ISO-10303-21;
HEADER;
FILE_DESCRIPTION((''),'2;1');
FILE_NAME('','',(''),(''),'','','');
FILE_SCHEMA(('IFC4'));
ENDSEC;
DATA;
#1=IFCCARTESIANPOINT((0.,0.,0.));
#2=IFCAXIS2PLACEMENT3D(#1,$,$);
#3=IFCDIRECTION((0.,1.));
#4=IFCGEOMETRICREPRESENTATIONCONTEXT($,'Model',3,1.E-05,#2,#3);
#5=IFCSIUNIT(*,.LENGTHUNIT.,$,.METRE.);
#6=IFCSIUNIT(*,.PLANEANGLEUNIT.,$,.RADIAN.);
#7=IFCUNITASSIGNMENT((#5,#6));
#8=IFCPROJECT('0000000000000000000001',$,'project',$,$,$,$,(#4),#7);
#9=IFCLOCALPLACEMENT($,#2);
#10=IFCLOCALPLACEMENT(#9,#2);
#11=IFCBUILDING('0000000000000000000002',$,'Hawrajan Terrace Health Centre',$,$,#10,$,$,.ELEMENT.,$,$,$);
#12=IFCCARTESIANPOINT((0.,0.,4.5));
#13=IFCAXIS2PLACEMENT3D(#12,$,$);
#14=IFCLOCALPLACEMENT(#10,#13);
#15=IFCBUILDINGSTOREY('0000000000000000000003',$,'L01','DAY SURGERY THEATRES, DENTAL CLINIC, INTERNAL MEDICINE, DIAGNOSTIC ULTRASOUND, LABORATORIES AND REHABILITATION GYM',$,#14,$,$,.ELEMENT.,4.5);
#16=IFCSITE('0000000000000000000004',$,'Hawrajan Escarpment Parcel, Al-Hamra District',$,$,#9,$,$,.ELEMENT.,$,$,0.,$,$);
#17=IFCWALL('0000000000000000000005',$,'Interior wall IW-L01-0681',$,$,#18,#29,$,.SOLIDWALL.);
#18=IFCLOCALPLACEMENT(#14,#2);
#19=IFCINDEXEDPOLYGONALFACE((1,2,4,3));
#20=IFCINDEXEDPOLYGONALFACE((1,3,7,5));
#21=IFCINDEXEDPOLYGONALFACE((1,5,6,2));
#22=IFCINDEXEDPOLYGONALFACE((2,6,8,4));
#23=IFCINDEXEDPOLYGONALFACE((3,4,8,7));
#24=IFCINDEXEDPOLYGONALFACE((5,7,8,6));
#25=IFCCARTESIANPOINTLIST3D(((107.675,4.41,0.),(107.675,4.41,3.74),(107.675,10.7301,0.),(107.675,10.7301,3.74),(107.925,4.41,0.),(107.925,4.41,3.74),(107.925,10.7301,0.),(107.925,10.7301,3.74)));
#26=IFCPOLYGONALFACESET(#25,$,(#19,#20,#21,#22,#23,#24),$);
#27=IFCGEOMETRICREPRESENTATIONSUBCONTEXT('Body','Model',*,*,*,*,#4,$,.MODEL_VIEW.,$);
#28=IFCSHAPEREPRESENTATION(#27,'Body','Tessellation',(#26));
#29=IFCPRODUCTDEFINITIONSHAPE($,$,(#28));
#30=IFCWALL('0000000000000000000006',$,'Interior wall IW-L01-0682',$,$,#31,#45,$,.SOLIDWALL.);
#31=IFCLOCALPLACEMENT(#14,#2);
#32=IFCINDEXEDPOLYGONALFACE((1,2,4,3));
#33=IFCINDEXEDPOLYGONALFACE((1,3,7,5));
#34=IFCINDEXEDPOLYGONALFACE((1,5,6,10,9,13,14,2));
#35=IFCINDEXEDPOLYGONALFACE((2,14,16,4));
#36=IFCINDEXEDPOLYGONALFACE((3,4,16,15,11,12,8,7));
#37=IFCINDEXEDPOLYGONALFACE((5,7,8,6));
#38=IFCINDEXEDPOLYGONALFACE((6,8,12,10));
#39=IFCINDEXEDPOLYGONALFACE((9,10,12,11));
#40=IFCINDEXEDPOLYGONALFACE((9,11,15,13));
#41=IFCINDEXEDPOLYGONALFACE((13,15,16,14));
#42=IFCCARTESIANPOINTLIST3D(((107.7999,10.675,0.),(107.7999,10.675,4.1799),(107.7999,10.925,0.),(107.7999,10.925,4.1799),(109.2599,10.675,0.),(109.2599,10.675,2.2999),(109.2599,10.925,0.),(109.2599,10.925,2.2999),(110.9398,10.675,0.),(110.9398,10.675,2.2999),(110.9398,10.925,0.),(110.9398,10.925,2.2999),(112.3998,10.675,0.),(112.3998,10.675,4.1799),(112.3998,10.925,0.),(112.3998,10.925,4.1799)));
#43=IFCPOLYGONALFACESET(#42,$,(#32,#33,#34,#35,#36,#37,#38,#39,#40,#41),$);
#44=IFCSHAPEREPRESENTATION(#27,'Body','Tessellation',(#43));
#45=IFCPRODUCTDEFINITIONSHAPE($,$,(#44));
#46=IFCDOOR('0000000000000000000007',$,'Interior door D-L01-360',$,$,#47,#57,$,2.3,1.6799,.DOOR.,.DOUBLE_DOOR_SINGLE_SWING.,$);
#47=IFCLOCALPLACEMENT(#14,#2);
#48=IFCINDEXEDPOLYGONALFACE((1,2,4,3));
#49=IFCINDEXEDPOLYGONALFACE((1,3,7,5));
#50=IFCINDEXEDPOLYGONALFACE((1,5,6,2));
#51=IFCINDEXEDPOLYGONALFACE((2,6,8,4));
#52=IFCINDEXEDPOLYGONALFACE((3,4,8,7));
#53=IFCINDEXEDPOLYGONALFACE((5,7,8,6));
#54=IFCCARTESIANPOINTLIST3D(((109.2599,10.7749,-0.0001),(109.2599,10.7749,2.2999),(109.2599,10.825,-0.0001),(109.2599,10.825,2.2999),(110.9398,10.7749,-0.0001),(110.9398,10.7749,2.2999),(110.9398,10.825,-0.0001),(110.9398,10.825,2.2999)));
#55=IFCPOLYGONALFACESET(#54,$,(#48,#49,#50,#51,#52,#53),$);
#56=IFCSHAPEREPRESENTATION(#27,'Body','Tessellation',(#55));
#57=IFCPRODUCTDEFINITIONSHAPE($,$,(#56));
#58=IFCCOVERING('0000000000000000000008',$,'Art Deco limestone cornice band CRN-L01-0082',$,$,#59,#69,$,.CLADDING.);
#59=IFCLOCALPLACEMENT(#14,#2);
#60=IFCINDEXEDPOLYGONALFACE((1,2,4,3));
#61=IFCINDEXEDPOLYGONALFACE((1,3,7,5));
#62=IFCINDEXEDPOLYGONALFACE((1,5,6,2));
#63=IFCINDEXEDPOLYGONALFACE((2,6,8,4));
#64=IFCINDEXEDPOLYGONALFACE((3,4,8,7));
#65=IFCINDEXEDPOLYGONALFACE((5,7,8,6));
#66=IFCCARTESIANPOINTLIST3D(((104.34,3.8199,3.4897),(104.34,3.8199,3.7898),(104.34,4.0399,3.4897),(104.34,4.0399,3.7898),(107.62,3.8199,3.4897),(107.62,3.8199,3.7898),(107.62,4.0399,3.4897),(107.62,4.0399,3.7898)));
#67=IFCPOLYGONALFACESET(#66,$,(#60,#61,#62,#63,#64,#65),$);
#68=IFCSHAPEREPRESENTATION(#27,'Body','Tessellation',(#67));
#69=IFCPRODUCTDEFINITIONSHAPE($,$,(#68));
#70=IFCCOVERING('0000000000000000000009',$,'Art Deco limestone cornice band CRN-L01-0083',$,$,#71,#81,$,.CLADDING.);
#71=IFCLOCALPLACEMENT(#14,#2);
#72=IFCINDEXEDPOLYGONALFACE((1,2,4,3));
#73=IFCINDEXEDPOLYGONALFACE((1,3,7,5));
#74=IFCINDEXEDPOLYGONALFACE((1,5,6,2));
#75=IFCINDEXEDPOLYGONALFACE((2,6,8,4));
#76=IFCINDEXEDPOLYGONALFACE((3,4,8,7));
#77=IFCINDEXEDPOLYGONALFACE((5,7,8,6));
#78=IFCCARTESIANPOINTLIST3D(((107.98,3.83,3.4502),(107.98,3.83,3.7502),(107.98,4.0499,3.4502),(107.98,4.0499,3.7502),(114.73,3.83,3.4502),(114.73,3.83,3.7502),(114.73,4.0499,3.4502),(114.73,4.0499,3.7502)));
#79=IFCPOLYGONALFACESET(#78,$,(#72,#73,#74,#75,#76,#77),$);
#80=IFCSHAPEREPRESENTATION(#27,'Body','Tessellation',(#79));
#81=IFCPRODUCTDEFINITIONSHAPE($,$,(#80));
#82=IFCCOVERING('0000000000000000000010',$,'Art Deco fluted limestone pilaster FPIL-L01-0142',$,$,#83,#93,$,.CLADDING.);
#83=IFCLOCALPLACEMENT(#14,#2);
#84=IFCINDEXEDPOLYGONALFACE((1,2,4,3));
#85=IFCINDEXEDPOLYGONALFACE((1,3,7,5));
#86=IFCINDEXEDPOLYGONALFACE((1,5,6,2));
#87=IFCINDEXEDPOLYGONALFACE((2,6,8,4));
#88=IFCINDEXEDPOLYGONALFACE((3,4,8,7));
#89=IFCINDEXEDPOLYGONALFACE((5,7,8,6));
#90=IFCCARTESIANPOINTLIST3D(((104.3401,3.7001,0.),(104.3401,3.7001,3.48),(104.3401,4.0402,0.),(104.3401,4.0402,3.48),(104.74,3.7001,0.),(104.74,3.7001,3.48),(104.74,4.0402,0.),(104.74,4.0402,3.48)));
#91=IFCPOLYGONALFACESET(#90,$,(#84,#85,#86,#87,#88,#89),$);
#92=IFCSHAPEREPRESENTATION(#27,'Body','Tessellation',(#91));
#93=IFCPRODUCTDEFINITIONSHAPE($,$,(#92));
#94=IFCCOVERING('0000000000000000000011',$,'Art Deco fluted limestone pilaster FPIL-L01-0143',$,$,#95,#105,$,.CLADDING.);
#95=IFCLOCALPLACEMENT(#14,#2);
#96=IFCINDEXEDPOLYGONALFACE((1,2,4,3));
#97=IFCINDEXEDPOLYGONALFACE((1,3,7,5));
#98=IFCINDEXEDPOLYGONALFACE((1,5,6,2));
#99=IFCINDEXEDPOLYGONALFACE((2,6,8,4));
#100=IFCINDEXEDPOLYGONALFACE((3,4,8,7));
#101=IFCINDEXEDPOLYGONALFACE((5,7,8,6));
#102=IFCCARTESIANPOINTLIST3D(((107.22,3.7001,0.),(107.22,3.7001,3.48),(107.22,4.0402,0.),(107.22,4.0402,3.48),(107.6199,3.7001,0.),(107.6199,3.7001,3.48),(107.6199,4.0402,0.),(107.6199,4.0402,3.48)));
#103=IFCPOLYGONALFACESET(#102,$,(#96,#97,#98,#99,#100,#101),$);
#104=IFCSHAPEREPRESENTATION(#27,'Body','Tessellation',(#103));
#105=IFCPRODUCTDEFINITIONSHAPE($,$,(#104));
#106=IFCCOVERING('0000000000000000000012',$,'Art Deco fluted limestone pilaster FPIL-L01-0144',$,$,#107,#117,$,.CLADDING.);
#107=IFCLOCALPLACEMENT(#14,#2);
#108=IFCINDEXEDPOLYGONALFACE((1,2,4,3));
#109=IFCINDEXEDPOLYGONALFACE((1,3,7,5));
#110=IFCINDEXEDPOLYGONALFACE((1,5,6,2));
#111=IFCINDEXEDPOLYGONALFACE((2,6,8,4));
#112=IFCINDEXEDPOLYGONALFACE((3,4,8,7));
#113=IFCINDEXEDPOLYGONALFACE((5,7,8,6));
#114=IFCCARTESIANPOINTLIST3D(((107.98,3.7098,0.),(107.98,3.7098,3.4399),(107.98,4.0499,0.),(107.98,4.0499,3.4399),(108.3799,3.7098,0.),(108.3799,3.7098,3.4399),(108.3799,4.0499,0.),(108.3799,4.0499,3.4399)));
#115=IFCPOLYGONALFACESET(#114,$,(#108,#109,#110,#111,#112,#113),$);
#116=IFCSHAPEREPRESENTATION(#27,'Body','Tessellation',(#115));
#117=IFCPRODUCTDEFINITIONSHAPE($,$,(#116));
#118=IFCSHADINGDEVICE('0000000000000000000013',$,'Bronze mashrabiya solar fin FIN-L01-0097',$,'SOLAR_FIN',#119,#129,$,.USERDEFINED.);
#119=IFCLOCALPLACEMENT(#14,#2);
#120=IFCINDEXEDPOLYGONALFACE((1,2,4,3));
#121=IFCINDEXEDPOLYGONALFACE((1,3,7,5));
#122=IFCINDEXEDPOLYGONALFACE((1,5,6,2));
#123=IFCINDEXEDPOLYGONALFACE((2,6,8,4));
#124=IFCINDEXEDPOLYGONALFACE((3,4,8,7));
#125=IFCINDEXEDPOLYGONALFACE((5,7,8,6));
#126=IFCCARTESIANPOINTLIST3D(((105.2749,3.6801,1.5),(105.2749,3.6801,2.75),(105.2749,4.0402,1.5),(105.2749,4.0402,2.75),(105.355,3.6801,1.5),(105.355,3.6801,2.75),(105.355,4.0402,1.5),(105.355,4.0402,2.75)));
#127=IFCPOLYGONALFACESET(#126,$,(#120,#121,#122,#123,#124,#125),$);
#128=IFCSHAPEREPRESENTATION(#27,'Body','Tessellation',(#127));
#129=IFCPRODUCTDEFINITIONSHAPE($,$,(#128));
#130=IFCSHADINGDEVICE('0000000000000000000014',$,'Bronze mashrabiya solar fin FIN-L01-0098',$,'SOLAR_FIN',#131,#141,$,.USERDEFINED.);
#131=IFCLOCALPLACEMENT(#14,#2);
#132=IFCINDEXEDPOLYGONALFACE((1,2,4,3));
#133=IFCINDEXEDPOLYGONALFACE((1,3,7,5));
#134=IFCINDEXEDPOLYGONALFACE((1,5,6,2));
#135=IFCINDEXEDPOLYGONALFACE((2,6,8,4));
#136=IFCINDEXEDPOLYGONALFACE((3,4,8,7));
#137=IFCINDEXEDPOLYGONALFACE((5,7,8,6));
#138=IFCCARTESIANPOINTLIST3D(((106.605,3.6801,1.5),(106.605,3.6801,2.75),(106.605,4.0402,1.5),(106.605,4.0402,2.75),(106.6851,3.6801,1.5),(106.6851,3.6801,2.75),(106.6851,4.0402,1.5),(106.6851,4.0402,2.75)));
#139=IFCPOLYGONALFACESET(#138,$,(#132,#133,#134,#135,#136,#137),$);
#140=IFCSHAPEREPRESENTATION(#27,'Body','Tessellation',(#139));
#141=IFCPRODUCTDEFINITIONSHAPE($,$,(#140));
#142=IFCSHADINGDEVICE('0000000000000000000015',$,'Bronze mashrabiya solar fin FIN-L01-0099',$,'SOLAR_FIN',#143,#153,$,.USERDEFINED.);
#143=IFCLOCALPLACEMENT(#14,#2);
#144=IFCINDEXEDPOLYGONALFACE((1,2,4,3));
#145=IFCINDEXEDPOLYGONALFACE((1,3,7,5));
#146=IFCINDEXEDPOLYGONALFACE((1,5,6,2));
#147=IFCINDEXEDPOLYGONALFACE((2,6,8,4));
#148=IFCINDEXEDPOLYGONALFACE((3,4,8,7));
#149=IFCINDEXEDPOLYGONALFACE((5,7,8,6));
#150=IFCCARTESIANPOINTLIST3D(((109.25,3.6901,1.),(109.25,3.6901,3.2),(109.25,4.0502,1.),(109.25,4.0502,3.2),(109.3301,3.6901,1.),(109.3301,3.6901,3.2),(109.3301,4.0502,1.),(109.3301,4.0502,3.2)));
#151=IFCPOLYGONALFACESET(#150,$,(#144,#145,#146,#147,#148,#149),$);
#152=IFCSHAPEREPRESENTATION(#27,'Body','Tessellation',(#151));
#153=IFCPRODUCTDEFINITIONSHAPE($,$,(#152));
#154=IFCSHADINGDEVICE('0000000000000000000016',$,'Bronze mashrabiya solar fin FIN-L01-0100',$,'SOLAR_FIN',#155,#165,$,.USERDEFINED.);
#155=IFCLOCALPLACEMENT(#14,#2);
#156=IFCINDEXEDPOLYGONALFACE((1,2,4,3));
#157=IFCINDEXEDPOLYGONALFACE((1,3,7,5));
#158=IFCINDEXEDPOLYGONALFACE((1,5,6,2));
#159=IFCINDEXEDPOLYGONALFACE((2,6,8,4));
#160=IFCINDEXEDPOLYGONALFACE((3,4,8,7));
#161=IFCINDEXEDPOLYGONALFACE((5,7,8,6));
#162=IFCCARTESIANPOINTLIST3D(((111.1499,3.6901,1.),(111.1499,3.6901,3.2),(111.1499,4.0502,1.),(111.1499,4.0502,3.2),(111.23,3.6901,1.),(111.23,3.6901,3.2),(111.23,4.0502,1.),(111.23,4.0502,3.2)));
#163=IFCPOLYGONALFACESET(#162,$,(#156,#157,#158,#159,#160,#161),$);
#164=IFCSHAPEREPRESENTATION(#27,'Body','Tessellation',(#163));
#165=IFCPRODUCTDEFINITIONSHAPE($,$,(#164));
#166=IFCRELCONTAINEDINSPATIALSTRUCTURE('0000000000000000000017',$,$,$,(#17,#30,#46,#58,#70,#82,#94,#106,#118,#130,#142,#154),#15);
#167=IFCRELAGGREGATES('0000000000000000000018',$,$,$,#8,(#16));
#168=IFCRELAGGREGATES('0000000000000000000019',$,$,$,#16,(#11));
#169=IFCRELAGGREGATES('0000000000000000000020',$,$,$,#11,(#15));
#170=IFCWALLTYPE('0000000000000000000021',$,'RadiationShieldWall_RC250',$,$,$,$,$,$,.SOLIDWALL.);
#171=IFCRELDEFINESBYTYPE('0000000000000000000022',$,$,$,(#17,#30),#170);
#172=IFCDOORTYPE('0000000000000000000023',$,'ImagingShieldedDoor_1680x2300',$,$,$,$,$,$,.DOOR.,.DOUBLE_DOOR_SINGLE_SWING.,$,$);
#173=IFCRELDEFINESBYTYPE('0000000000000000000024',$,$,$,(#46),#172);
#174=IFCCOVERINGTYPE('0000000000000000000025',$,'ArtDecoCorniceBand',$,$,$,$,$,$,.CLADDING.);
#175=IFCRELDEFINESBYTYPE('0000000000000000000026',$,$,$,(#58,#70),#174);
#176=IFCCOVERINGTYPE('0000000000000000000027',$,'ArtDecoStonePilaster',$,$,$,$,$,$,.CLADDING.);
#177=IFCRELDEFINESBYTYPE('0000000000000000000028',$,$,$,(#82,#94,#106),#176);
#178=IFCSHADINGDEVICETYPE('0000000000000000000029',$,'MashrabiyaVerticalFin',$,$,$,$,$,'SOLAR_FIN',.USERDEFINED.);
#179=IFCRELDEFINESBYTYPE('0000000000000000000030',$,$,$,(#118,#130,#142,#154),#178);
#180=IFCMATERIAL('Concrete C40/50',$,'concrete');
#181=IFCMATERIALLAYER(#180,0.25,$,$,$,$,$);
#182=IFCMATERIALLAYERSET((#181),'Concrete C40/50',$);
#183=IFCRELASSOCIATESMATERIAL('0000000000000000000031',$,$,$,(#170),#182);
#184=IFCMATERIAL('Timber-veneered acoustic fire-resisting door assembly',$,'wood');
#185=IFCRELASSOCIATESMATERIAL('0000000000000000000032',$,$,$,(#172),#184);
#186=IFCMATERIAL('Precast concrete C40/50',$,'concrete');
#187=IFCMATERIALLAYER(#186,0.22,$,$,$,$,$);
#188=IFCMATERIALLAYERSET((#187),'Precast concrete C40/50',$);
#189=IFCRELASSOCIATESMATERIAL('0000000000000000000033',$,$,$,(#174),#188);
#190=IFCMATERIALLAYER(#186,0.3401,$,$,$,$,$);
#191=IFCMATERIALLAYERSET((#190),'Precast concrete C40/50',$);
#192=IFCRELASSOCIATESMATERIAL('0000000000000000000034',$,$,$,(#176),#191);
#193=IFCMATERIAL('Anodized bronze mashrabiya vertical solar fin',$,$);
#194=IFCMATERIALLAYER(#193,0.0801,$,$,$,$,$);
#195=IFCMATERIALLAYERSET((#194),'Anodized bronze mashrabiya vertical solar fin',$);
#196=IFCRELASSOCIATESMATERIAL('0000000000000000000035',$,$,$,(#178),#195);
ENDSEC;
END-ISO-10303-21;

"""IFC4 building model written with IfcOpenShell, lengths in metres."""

from ifc_helpers import new_model, si_unit, direction, frame, frame_2d, origin, origin_2d, place, context, subcontext, project, spatial, rectangle, extrude, material, layer, layer_set, type_object, element, fill, save


model = new_model("IFC4")

# Units and contexts
model_context = context("Model", 3, precision=1e-05, world=origin(), true_north=direction((0.0, 1.0)))
body_context = subcontext(model_context, "Body", "Model", "MODEL_VIEW")
ifc_project = project(units=[si_unit("LENGTHUNIT", "METRE"), si_unit("PLANEANGLEUNIT", "RADIAN")], contexts=[model_context])

# Site, building, storey
site_placement = place(None, origin())
site = spatial("IfcSite", under=ifc_project, at=site_placement, Name="Hawrajan Escarpment Parcel, Al-Hamra District", CompositionType="ELEMENT", RefElevation=0.0)
building_placement = place(site_placement, origin())
building = spatial("IfcBuilding", under=site, at=building_placement, Name="Hawrajan Terrace Health Centre", CompositionType="ELEMENT")
storey_placement = place(building_placement, frame((0.0, 0.0, 4.5)))
storey = spatial("IfcBuildingStorey", under=building, at=storey_placement, Name="L01", Description="DAY SURGERY THEATRES, DENTAL CLINIC, INTERNAL MEDICINE, DIAGNOSTIC ULTRASOUND, LABORATORIES AND REHABILITATION GYM", CompositionType="ELEMENT", Elevation=4.5)

# Shared definitions
ifc_material_1 = material(Name="Concrete C40/50", Category="concrete")

# Shared definitions
ifc_material_2 = material(Name="Precast concrete C40/50", Category="concrete")

# Wall
ifc_layer_1 = layer(ifc_material_1, 0.25)
ifc_layer_set_1 = layer_set([ifc_layer_1], Name="Concrete C40/50")
wall_type_1 = type_object("IfcWallType", Name="RadiationShieldWall_RC250", PredefinedType="SOLIDWALL", material=ifc_layer_set_1)
wall_1_placement = place(storey_placement, frame((107.8, 4.4099, 0.0), z_axis=(0.0, 0.0, 1.0), x_axis=(0.0, 1.0, 0.0)))
element("IfcWall", 1, at=wall_1_placement, inside=storey, type_object=wall_type_1, Name="Interior wall IW-L01-0681", PredefinedType="SOLIDWALL", context=body_context, shape_type="SweptSolid", body=[
    extrude(rectangle(XDim=6.3201, YDim=0.25, at=frame_2d((3.1602, 0.0))), origin(), (0.0, 0.0, 1.0), 3.74),
])

# Wall, opening, door
wall_2_placement = place(storey_placement, frame((107.8, 10.8, 0.0), z_axis=(0.0, 0.0, 1.0), x_axis=(1.0, 0.0, 0.0)))
wall_2 = element("IfcWall", 2, at=wall_2_placement, inside=storey, type_object=wall_type_1, Name="Interior wall IW-L01-0682", PredefinedType="SOLIDWALL", context=body_context, shape_type="SweptSolid", body=[
    extrude(rectangle(XDim=4.5999, YDim=0.25, at=frame_2d((2.2998, 0.0))), origin(), (0.0, 0.0, 1.0), 4.1799),
])
opening_1_placement = place(wall_2_placement, frame((1.46, 0.0, 0.0)))
opening_1 = element("IfcOpeningElement", 3, at=opening_1_placement, cuts=wall_2, PredefinedType="OPENING", context=body_context, shape_type="SweptSolid", body=[
    extrude(rectangle(XDim=1.6799, YDim=2.3, at=frame_2d((0.8398, 1.1499))), frame((0.0, 0.135, 0.0), z_axis=(0.0, -1.0, 0.0), x_axis=(1.0, 0.0, 0.0)), (0.0, 0.0, 1.0), 0.27),
])
ifc_material_3 = material(Name="Timber-veneered acoustic fire-resisting door assembly", Category="wood")
door_type = type_object("IfcDoorType", Name="ImagingShieldedDoor_1680x2300", OperationType="DOUBLE_DOOR_SINGLE_SWING", PredefinedType="DOOR", material=ifc_material_3)
door_placement = place(opening_1_placement, origin())
door = element("IfcDoor", 4, at=door_placement, inside=storey, type_object=door_type, Name="Interior door D-L01-360", OperationType="DOUBLE_DOOR_SINGLE_SWING", OverallHeight=2.3, OverallWidth=1.6799, PredefinedType="DOOR", context=body_context, shape_type="SweptSolid", body=[
    extrude(rectangle(XDim=1.6799, YDim=2.3, at=frame_2d((0.8398, 1.1499))), frame((0.0, 0.0249, 0.0), z_axis=(0.0, -1.0, 0.0), x_axis=(1.0, 0.0, 0.0)), (0.0, 0.0, 1.0), 0.05),
])
fill(opening_1, door)

# Coverings
ifc_layer_2 = layer(ifc_material_2, 0.22)
ifc_layer_set_2 = layer_set([ifc_layer_2], Name="Precast concrete C40/50")
covering_type_1 = type_object("IfcCoveringType", Name="ArtDecoCorniceBand", PredefinedType="CLADDING", material=ifc_layer_set_2)
covering_1_placement = place(storey_placement, frame((105.98, 3.9299, 3.4897), z_axis=(0.0, 0.0, 1.0), x_axis=(1.0, 0.0, 0.0)))
element("IfcCovering", 5, at=covering_1_placement, inside=storey, type_object=covering_type_1, Name="Art Deco limestone cornice band CRN-L01-0082", PredefinedType="CLADDING", context=body_context, shape_type="SweptSolid", body=[
    extrude(rectangle(XDim=3.28, YDim=0.22, at=origin_2d()), origin(), (0.0, 0.0, 1.0), 0.3),
])
covering_2_placement = place(storey_placement, frame((111.355, 3.9399, 3.4502), z_axis=(0.0, 0.0, 1.0), x_axis=(1.0, 0.0, 0.0)))
element("IfcCovering", 6, at=covering_2_placement, inside=storey, type_object=covering_type_1, Name="Art Deco limestone cornice band CRN-L01-0083", PredefinedType="CLADDING", context=body_context, shape_type="SweptSolid", body=[
    extrude(rectangle(XDim=6.75, YDim=0.22, at=origin_2d()), origin(), (0.0, 0.0, 1.0), 0.3),
])
ifc_layer_3 = layer(ifc_material_2, 0.3401)
ifc_layer_set_3 = layer_set([ifc_layer_3], Name="Precast concrete C40/50")
covering_type_2 = type_object("IfcCoveringType", Name="ArtDecoStonePilaster", PredefinedType="CLADDING", material=ifc_layer_set_3)
for number, where, z_axis, x_axis, name in (
    (7, (104.54, 3.8701, 0.0), (0.0, 0.0, 1.0), (1.0, 0.0, 0.0), "Art Deco fluted limestone pilaster FPIL-L01-0142"),
    (8, (107.4199, 3.8701, 0.0), (0.0, 0.0, 1.0), (1.0, 0.0, 0.0), "Art Deco fluted limestone pilaster FPIL-L01-0143"),
):
    element("IfcCovering", number, at=place(storey_placement, frame(where, z_axis=z_axis, x_axis=x_axis)), inside=storey, type_object=covering_type_2, Name=name, PredefinedType="CLADDING", context=body_context, shape_type="SweptSolid", body=[
        extrude(rectangle(XDim=0.3999, YDim=0.3401, at=origin_2d()), origin(), (0.0, 0.0, 1.0), 3.48),
    ])
covering_3_placement = place(storey_placement, frame((108.1799, 3.8799, 0.0), z_axis=(0.0, 0.0, 1.0), x_axis=(1.0, 0.0, 0.0)))
element("IfcCovering", 9, at=covering_3_placement, inside=storey, type_object=covering_type_2, Name="Art Deco fluted limestone pilaster FPIL-L01-0144", PredefinedType="CLADDING", context=body_context, shape_type="SweptSolid", body=[
    extrude(rectangle(XDim=0.3999, YDim=0.3401, at=origin_2d()), origin(), (0.0, 0.0, 1.0), 3.4399),
])

# Shading devices
ifc_material_4 = material(Name="Anodized bronze mashrabiya vertical solar fin")
ifc_layer_4 = layer(ifc_material_4, 0.0801)
ifc_layer_set_4 = layer_set([ifc_layer_4], Name="Anodized bronze mashrabiya vertical solar fin")
shading_device_type = type_object("IfcShadingDeviceType", Name="MashrabiyaVerticalFin", ElementType="SOLAR_FIN", PredefinedType="USERDEFINED", material=ifc_layer_set_4)
for number, where, z_axis, x_axis, name in (
    (10, (105.3149, 3.8601, 1.5), (0.0, 0.0, 1.0), (1.0, 0.0, 0.0), "Bronze mashrabiya solar fin FIN-L01-0097"),
    (11, (106.645, 3.8601, 1.5), (0.0, 0.0, 1.0), (1.0, 0.0, 0.0), "Bronze mashrabiya solar fin FIN-L01-0098"),
):
    element("IfcShadingDevice", number, at=place(storey_placement, frame(where, z_axis=z_axis, x_axis=x_axis)), inside=storey, type_object=shading_device_type, Name=name, ObjectType="SOLAR_FIN", PredefinedType="USERDEFINED", context=body_context, shape_type="SweptSolid", body=[
        extrude(rectangle(XDim=0.0801, YDim=0.3601, at=origin_2d()), origin(), (0.0, 0.0, 1.0), 1.25),
    ])
for number, where, z_axis, x_axis, name in (
    (12, (109.29, 3.8701, 1.0), (0.0, 0.0, 1.0), (1.0, 0.0, 0.0), "Bronze mashrabiya solar fin FIN-L01-0099"),
    (13, (111.1899, 3.8701, 1.0), (0.0, 0.0, 1.0), (1.0, 0.0, 0.0), "Bronze mashrabiya solar fin FIN-L01-0100"),
):
    element("IfcShadingDevice", number, at=place(storey_placement, frame(where, z_axis=z_axis, x_axis=x_axis)), inside=storey, type_object=shading_device_type, Name=name, ObjectType="SOLAR_FIN", PredefinedType="USERDEFINED", context=body_context, shape_type="SweptSolid", body=[
        extrude(rectangle(XDim=0.0801, YDim=0.3601, at=origin_2d()), origin(), (0.0, 0.0, 1.0), 2.2),
    ])

save(model, "model.ifc")
